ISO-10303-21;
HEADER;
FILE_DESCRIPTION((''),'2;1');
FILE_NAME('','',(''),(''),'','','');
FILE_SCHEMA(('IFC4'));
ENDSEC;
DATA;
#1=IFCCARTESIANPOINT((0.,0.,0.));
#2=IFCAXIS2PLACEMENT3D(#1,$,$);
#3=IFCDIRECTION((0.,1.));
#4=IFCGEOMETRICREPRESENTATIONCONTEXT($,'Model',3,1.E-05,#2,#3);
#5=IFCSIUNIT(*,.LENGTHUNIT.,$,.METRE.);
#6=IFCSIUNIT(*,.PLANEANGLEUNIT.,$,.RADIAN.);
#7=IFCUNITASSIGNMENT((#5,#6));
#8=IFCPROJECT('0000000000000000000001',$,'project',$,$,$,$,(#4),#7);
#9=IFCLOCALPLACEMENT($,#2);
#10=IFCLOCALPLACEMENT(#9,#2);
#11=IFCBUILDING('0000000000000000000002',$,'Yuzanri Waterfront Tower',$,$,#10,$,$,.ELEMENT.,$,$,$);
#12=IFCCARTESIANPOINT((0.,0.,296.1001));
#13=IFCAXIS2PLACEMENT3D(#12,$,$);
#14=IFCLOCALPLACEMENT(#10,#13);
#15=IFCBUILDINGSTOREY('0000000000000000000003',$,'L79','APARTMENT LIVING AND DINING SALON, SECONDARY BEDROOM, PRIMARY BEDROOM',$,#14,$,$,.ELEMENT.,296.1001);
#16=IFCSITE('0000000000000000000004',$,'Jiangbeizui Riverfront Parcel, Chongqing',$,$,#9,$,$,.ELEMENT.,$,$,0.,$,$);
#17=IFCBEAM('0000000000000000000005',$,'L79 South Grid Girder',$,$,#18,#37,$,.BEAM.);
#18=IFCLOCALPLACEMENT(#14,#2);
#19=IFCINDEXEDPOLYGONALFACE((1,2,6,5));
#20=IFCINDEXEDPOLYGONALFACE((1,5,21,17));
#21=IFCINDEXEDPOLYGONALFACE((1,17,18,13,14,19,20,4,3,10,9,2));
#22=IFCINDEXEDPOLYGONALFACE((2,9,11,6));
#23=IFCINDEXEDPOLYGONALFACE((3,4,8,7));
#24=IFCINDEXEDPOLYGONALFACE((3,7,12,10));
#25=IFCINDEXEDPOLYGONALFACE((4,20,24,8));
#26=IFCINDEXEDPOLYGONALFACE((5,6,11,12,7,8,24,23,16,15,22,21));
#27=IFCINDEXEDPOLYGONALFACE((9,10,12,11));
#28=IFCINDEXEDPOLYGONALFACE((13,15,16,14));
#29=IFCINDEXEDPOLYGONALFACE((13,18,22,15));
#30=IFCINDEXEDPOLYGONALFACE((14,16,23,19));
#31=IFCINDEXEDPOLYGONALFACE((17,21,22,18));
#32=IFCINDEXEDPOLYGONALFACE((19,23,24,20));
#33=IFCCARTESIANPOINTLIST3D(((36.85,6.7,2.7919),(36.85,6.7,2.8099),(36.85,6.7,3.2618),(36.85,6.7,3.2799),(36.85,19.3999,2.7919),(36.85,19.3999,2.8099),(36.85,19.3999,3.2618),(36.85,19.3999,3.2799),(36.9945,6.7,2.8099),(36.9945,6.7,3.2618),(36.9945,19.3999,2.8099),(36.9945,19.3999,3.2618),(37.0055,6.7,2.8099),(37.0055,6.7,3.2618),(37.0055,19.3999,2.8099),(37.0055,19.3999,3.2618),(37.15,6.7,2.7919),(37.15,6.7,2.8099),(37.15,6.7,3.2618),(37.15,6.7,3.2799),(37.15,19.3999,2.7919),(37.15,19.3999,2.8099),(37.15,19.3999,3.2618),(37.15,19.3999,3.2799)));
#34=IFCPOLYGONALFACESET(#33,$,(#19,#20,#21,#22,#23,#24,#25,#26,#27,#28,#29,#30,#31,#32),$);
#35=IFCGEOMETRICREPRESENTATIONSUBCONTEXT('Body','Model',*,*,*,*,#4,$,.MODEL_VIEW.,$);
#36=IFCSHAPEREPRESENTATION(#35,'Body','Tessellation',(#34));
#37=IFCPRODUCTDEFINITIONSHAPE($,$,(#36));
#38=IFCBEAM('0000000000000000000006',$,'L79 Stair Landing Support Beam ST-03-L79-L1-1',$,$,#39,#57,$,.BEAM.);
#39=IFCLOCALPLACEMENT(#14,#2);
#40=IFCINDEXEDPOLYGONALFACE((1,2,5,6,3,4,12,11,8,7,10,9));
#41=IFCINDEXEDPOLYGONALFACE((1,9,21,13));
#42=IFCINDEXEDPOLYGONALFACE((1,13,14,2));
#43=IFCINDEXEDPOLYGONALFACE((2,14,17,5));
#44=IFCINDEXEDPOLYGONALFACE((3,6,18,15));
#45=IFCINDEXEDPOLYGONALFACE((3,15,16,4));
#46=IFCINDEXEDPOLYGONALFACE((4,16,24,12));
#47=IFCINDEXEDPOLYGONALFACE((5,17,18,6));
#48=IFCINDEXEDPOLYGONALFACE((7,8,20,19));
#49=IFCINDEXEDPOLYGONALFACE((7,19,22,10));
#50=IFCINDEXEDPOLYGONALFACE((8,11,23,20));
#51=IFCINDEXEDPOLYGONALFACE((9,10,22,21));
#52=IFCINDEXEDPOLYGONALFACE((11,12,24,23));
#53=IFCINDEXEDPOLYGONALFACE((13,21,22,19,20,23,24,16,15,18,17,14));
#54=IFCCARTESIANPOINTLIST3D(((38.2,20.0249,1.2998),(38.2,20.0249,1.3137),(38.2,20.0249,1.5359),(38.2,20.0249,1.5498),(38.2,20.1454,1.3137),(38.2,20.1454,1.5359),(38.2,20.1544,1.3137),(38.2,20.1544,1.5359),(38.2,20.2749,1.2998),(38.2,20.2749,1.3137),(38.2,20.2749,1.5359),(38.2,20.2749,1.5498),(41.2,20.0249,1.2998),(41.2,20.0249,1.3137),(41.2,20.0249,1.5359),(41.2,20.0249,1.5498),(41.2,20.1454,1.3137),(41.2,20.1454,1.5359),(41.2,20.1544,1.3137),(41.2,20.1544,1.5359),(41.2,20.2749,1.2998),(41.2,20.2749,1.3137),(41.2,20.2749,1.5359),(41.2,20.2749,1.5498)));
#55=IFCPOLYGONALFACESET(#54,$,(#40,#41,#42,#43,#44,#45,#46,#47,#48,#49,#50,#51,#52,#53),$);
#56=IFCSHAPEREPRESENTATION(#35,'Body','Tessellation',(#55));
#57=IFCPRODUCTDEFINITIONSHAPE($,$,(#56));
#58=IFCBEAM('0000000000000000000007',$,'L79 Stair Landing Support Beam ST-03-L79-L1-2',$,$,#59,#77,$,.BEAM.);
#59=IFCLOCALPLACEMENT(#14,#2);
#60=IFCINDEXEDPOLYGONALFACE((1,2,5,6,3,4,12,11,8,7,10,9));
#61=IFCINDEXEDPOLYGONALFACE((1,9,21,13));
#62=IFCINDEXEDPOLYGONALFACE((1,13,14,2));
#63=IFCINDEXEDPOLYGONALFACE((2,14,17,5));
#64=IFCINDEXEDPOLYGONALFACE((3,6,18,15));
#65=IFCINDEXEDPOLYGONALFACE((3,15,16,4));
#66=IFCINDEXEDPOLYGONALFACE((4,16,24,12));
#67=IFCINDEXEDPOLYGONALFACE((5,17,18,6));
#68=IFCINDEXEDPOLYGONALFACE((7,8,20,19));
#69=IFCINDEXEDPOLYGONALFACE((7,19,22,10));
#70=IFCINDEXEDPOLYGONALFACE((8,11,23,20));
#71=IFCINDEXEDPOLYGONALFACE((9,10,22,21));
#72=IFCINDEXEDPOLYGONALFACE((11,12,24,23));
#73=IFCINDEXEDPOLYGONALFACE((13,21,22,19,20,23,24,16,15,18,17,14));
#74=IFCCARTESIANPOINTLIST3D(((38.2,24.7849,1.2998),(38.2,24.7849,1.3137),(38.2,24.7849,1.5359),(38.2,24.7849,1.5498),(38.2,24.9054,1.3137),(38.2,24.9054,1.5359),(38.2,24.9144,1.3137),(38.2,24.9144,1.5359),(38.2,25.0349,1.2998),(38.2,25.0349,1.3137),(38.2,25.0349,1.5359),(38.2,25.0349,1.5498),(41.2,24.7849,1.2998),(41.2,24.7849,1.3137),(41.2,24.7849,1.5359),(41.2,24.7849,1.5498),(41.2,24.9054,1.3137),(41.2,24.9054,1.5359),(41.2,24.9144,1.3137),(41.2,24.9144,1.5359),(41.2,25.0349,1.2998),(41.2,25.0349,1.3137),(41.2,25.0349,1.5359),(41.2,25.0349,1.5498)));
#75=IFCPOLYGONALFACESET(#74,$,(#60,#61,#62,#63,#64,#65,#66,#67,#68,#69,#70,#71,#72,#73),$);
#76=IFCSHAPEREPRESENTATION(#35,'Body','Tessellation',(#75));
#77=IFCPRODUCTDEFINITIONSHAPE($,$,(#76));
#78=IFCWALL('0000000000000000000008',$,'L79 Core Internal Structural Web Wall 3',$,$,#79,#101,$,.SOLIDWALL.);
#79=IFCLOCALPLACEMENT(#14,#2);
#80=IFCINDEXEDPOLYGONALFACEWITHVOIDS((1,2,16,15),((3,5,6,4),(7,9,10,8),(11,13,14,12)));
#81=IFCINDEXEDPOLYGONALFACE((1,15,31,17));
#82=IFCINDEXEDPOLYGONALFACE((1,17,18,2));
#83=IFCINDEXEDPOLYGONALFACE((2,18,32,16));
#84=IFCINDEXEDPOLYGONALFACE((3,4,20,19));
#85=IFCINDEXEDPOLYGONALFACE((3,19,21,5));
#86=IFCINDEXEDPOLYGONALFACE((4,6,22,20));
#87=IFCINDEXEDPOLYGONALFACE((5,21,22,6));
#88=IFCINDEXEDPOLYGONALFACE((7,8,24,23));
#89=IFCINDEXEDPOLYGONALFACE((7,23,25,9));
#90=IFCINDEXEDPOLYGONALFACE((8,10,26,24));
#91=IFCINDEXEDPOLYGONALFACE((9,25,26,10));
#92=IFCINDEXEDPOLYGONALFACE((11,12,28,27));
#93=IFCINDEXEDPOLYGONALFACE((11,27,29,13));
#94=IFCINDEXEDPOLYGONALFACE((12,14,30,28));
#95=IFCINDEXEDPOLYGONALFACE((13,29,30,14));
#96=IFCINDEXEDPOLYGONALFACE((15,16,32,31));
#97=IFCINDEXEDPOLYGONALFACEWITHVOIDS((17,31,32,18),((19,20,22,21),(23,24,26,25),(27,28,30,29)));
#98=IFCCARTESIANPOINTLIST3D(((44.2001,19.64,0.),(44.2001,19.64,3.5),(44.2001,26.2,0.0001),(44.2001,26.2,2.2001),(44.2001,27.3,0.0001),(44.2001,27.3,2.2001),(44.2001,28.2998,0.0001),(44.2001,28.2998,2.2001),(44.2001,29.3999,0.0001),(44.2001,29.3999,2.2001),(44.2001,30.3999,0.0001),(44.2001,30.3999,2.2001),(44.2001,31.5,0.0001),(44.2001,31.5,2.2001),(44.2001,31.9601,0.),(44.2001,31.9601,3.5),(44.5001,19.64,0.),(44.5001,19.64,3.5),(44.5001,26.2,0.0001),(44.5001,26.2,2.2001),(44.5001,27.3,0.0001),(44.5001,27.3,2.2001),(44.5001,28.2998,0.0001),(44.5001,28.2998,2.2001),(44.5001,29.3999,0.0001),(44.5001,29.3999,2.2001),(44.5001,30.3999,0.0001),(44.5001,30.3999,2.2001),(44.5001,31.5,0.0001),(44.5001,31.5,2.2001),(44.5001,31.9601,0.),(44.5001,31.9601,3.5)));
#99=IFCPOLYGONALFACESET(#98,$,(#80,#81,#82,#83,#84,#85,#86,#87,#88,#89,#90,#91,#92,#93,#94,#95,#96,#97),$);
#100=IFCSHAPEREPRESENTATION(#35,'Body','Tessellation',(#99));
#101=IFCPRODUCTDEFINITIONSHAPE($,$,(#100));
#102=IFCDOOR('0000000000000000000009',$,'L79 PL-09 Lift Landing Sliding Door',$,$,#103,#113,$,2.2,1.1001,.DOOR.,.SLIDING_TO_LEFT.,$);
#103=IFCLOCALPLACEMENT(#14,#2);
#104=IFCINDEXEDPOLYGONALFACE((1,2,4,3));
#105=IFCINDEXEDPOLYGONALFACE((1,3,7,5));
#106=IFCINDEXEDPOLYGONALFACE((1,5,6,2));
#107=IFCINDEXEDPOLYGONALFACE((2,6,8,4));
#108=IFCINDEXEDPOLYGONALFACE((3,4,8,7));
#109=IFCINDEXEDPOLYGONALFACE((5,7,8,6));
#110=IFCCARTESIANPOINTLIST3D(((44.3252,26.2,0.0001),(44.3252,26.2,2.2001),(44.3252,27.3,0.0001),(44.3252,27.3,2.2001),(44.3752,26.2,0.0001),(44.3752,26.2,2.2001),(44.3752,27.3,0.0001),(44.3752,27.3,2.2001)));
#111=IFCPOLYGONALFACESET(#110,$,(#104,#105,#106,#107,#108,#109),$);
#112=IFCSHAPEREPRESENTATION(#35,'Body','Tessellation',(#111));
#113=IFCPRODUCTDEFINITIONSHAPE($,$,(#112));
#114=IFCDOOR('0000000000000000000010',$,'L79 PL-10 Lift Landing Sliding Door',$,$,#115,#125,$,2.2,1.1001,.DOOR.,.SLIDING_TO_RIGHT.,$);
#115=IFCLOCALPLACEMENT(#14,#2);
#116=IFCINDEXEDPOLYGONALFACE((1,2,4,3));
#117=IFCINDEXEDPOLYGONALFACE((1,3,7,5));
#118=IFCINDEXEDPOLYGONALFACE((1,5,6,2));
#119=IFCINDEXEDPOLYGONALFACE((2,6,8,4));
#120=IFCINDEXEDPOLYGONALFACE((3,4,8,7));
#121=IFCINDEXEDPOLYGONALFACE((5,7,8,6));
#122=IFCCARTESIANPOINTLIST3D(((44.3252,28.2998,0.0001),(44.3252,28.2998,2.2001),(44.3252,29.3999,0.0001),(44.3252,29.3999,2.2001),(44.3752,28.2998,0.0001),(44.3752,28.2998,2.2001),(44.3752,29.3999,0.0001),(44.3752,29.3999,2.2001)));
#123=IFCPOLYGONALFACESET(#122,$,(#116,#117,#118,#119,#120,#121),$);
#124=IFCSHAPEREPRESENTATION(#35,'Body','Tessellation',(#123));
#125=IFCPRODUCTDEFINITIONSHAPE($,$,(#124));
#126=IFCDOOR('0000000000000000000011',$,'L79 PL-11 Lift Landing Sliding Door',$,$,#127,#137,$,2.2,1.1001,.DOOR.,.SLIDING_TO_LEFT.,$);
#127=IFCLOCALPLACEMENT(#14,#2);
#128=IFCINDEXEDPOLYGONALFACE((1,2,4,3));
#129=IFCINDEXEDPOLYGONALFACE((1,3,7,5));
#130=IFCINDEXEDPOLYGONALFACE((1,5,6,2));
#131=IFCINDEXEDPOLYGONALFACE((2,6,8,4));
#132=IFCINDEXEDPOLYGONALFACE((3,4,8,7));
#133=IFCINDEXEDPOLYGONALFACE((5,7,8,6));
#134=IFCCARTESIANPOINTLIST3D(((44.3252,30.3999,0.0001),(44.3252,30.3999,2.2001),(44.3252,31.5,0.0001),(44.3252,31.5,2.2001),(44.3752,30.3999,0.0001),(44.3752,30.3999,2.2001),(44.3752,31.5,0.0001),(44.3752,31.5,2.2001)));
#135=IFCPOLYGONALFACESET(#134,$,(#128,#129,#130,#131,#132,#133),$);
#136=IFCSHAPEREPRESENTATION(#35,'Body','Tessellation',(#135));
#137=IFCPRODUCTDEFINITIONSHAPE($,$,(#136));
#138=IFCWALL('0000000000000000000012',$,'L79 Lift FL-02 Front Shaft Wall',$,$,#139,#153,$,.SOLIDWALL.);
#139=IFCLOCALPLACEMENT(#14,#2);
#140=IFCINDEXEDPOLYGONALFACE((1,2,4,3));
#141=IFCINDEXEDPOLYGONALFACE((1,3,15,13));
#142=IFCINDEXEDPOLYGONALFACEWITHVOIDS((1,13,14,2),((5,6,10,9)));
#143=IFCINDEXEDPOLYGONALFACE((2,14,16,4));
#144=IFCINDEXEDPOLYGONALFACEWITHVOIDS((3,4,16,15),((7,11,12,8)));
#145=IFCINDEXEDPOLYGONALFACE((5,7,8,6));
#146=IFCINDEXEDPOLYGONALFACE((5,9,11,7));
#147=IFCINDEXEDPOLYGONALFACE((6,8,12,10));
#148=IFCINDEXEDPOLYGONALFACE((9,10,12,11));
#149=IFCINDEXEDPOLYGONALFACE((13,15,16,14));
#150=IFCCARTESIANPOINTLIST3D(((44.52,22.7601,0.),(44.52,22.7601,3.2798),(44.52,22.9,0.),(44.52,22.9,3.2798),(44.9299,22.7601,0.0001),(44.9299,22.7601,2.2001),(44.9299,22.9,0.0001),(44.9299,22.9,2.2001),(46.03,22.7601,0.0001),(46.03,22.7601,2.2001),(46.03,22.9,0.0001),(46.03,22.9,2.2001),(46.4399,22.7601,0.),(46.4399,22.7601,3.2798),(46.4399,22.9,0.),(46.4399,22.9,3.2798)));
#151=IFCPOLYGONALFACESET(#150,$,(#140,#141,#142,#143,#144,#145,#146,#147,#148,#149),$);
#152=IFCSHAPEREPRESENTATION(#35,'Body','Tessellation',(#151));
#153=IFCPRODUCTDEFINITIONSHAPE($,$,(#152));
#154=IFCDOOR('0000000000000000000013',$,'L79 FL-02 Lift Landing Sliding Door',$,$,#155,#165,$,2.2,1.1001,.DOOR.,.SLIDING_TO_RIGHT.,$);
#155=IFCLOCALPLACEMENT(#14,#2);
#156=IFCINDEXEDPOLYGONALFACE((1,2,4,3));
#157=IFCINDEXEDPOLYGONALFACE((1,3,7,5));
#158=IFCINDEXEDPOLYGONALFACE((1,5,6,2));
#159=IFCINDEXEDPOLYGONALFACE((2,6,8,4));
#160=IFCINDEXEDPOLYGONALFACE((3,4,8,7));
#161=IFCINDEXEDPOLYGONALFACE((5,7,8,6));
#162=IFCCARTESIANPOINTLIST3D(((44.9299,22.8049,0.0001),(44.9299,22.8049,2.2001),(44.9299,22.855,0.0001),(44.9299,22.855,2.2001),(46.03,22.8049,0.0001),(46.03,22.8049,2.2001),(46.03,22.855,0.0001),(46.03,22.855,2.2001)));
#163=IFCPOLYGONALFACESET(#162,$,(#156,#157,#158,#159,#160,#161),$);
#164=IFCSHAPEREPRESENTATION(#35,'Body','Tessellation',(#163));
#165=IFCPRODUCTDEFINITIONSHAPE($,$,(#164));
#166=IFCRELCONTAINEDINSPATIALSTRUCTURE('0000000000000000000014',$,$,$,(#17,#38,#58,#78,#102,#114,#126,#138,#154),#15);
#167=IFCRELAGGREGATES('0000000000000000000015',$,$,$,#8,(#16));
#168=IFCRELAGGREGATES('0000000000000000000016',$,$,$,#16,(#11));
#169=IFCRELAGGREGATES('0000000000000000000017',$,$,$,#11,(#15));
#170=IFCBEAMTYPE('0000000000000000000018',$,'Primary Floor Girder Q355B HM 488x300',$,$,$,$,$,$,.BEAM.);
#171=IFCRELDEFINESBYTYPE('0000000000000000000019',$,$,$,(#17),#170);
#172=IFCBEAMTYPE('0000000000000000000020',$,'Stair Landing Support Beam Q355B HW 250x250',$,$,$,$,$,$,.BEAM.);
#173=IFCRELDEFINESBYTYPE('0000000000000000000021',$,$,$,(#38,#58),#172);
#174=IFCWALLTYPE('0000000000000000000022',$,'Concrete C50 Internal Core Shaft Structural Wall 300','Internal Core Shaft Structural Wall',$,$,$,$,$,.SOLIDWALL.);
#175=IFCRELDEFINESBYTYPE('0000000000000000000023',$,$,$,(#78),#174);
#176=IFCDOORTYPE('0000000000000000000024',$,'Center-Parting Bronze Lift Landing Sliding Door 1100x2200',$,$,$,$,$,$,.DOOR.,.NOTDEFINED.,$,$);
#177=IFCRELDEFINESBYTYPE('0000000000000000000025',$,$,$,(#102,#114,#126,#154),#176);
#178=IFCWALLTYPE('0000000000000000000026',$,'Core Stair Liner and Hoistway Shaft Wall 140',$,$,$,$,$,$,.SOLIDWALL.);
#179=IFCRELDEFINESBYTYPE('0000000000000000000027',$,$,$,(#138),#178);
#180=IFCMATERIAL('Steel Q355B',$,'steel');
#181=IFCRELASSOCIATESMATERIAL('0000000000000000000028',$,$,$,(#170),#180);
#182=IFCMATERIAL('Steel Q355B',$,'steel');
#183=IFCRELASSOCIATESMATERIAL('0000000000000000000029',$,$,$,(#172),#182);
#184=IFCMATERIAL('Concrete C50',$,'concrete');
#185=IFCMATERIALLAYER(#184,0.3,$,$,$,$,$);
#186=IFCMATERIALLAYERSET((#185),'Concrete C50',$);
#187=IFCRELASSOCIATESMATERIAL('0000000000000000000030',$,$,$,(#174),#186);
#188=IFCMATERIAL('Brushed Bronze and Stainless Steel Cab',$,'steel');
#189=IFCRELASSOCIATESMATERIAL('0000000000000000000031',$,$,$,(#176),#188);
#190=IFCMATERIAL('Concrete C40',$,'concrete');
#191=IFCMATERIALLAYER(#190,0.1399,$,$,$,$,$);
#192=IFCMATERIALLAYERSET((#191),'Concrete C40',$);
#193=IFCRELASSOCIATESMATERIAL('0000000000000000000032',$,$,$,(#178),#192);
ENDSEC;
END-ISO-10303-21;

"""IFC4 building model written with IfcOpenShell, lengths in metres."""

from ifc_helpers import new_model, si_unit, direction, frame, frame_2d, origin, origin_2d, place, context, subcontext, project, spatial, rectangle, i_section, extrude, source, transform, mapped, material, layer, layer_set, material_profile, profile_set, type_object, element, fill, save


model = new_model("IFC4")

# Units and contexts
model_context = context("Model", 3, precision=1e-05, world=origin(), true_north=direction((0.0, 1.0)))
body_context = subcontext(model_context, "Body", "Model", "MODEL_VIEW")
ifc_project = project(units=[si_unit("LENGTHUNIT", "METRE"), si_unit("PLANEANGLEUNIT", "RADIAN")], contexts=[model_context])

# Site, building, storey
site_placement = place(None, origin())
site = spatial("IfcSite", under=ifc_project, at=site_placement, Name="Jiangbeizui Riverfront Parcel, Chongqing", CompositionType="ELEMENT", RefElevation=0.0)
building_placement = place(site_placement, origin())
building = spatial("IfcBuilding", under=site, at=building_placement, Name="Yuzanri Waterfront Tower", CompositionType="ELEMENT")
storey_placement = place(building_placement, frame((0.0, 0.0, 296.1001)))
storey = spatial("IfcBuildingStorey", under=building, at=storey_placement, Name="L79", Description="APARTMENT LIVING AND DINING SALON, SECONDARY BEDROOM, PRIMARY BEDROOM", CompositionType="ELEMENT", Elevation=296.1001)

# Beams
ifc_material_1 = material(Name="Steel Q355B", Category="steel")
ifc_material_profile_1 = material_profile(ifc_material_1, i_section(OverallWidth=0.3, OverallDepth=0.488, WebThickness=0.011, FlangeThickness=0.0181, at=origin_2d()), Name="HM 488x300x11x18")
ifc_profile_set_1 = profile_set([ifc_material_profile_1], Name="Steel Q355B")
beam_type_1 = type_object("IfcBeamType", Name="Primary Floor Girder Q355B HM 488x300", PredefinedType="BEAM", material=ifc_profile_set_1)
shared_shape_1 = source(origin(), body_context, "Body", "SweptSolid", [
    extrude(i_section(OverallWidth=0.3, OverallDepth=0.488, WebThickness=0.011, FlangeThickness=0.0181, at=origin_2d()), origin(), (0.0, 0.0, 1.0), 12.7),
])
beam_placement = place(storey_placement, frame((37.0, 19.3999, 3.0359), z_axis=(0.0, -1.0, 0.0), x_axis=(1.0, 0.0, 0.0)))
element("IfcBeam", 1, at=beam_placement, inside=storey, type_object=beam_type_1, Name="L79 South Grid Girder", PredefinedType="BEAM", context=body_context, shape_type="MappedRepresentation", body=[
    mapped(shared_shape_1, transform((0.0, 0.0, 0.0), scale=1.0)),
])
ifc_material_2 = material(Name="Steel Q355B", Category="steel")
ifc_material_profile_2 = material_profile(ifc_material_2, i_section(OverallWidth=0.25, OverallDepth=0.25, WebThickness=0.009, FlangeThickness=0.0139, at=origin_2d()), Name="HW 250x250x9x14")
ifc_profile_set_2 = profile_set([ifc_material_profile_2], Name="Steel Q355B")
beam_type_2 = type_object("IfcBeamType", Name="Stair Landing Support Beam Q355B HW 250x250", PredefinedType="BEAM", material=ifc_profile_set_2)
shared_shape_2 = source(origin(), body_context, "Body", "SweptSolid", [
    extrude(i_section(OverallWidth=0.25, OverallDepth=0.25, WebThickness=0.009, FlangeThickness=0.0139, at=origin_2d()), origin(), (0.0, 0.0, 1.0), 3.0),
])
for number, where, z_axis, x_axis, name in (
    (2, (38.2, 20.1499, 1.4248), (1.0, 0.0, 0.0), (0.0, 1.0, 0.0), "L79 Stair Landing Support Beam ST-03-L79-L1-1"),
    (3, (38.2, 24.9099, 1.4248), (1.0, 0.0, 0.0), (0.0, 1.0, 0.0), "L79 Stair Landing Support Beam ST-03-L79-L1-2"),
):
    element("IfcBeam", number, at=place(storey_placement, frame(where, z_axis=z_axis, x_axis=x_axis)), inside=storey, type_object=beam_type_2, Name=name, PredefinedType="BEAM", context=body_context, shape_type="MappedRepresentation", body=[
        mapped(shared_shape_2, transform((0.0, 0.0, 0.0), scale=1.0)),
    ])

# Wall, openings, doors
ifc_material_3 = material(Name="Concrete C50", Category="concrete")
ifc_layer_1 = layer(ifc_material_3, 0.3)
ifc_layer_set_1 = layer_set([ifc_layer_1], Name="Concrete C50")
wall_type_1 = type_object("IfcWallType", Name="Concrete C50 Internal Core Shaft Structural Wall 300", Description="Internal Core Shaft Structural Wall", PredefinedType="SOLIDWALL", material=ifc_layer_set_1)
wall_1_placement = place(storey_placement, frame((44.3501, 19.6399, 0.0), z_axis=(0.0, 0.0, 1.0), x_axis=(0.0, 1.0, 0.0)))
wall_1 = element("IfcWall", 4, at=wall_1_placement, inside=storey, type_object=wall_type_1, Name="L79 Core Internal Structural Web Wall 3", PredefinedType="SOLIDWALL", context=body_context, shape_type="SweptSolid", body=[
    extrude(rectangle(XDim=12.3201, YDim=0.3, at=frame_2d((6.1602, 0.0))), origin(), (0.0, 0.0, 1.0), 3.5),
])
opening_1_placement = place(wall_1_placement, frame((6.5601, 0.0, 0.0)))
opening_1 = element("IfcOpeningElement", 5, at=opening_1_placement, cuts=wall_1, PredefinedType="OPENING", context=body_context, shape_type="SweptSolid", body=[
    extrude(rectangle(XDim=1.1001, YDim=2.2, at=frame_2d((0.55, 1.1001))), frame((0.0, 0.165, 0.0), z_axis=(0.0, -1.0, 0.0), x_axis=(1.0, 0.0, 0.0)), (0.0, 0.0, 1.0), 0.3298),
])
opening_2_placement = place(wall_1_placement, frame((8.6599, 0.0, 0.0)))
opening_2 = element("IfcOpeningElement", 6, at=opening_2_placement, cuts=wall_1, PredefinedType="OPENING", context=body_context, shape_type="SweptSolid", body=[
    extrude(rectangle(XDim=1.1001, YDim=2.2, at=frame_2d((0.55, 1.1001))), frame((0.0, 0.165, 0.0), z_axis=(0.0, -1.0, 0.0), x_axis=(1.0, 0.0, 0.0)), (0.0, 0.0, 1.0), 0.3298),
])
opening_3_placement = place(wall_1_placement, frame((10.76, 0.0, 0.0)))
opening_3 = element("IfcOpeningElement", 7, at=opening_3_placement, cuts=wall_1, PredefinedType="OPENING", context=body_context, shape_type="SweptSolid", body=[
    extrude(rectangle(XDim=1.1001, YDim=2.2, at=frame_2d((0.55, 1.1001))), frame((0.0, 0.165, 0.0), z_axis=(0.0, -1.0, 0.0), x_axis=(1.0, 0.0, 0.0)), (0.0, 0.0, 1.0), 0.3298),
])
ifc_material_4 = material(Name="Brushed Bronze and Stainless Steel Cab", Category="steel")
door_type_1 = type_object("IfcDoorType", Name="Center-Parting Bronze Lift Landing Sliding Door 1100x2200", OperationType="NOTDEFINED", PredefinedType="DOOR", material=ifc_material_4)
shared_shape_3 = source(origin(), body_context, "Body", "SweptSolid", [
    extrude(rectangle(XDim=1.1001, YDim=2.2, at=frame_2d((0.55, 1.1001))), frame((0.0, 0.0249, 0.0), z_axis=(0.0, -1.0, 0.0), x_axis=(1.0, 0.0, 0.0)), (0.0, 0.0, 1.0), 0.05),
])
door_1_placement = place(opening_1_placement, origin())
door_1 = element("IfcDoor", 8, at=door_1_placement, inside=storey, type_object=door_type_1, Name="L79 PL-09 Lift Landing Sliding Door", OperationType="SLIDING_TO_LEFT", OverallHeight=2.2, OverallWidth=1.1001, PredefinedType="DOOR", context=body_context, shape_type="MappedRepresentation", body=[
    mapped(shared_shape_3, transform((0.0, 0.0, 0.0), scale=1.0)),
])
fill(opening_1, door_1)
door_2_placement = place(opening_2_placement, origin())
door_2 = element("IfcDoor", 9, at=door_2_placement, inside=storey, type_object=door_type_1, Name="L79 PL-10 Lift Landing Sliding Door", OperationType="SLIDING_TO_RIGHT", OverallHeight=2.2, OverallWidth=1.1001, PredefinedType="DOOR", context=body_context, shape_type="MappedRepresentation", body=[
    mapped(shared_shape_3, transform((0.0, 0.0, 0.0), scale=1.0)),
])
fill(opening_2, door_2)
door_3_placement = place(opening_3_placement, origin())
door_3 = element("IfcDoor", 10, at=door_3_placement, inside=storey, type_object=door_type_1, Name="L79 PL-11 Lift Landing Sliding Door", OperationType="SLIDING_TO_LEFT", OverallHeight=2.2, OverallWidth=1.1001, PredefinedType="DOOR", context=body_context, shape_type="MappedRepresentation", body=[
    mapped(shared_shape_3, transform((0.0, 0.0, 0.0), scale=1.0)),
])
fill(opening_3, door_3)

# Wall, opening, door
ifc_material_5 = material(Name="Concrete C40", Category="concrete")
ifc_layer_2 = layer(ifc_material_5, 0.1399)
ifc_layer_set_2 = layer_set([ifc_layer_2], Name="Concrete C40")
wall_type_2 = type_object("IfcWallType", Name="Core Stair Liner and Hoistway Shaft Wall 140", PredefinedType="SOLIDWALL", material=ifc_layer_set_2)
wall_2_placement = place(storey_placement, frame((44.52, 22.8301, 0.0), z_axis=(0.0, 0.0, 1.0), x_axis=(1.0, 0.0, 0.0)))
wall_2 = element("IfcWall", 11, at=wall_2_placement, inside=storey, type_object=wall_type_2, Name="L79 Lift FL-02 Front Shaft Wall", PredefinedType="SOLIDWALL", context=body_context, shape_type="SweptSolid", body=[
    extrude(rectangle(XDim=1.9199, YDim=0.1399, at=frame_2d((0.96, 0.0))), origin(), (0.0, 0.0, 1.0), 3.2798),
])
opening_4_placement = place(wall_2_placement, frame((0.4099, 0.0, 0.0)))
opening_4 = element("IfcOpeningElement", 12, at=opening_4_placement, cuts=wall_2, PredefinedType="OPENING", context=body_context, shape_type="SweptSolid", body=[
    extrude(rectangle(XDim=1.1001, YDim=2.2, at=frame_2d((0.55, 1.1001))), frame((0.0, 0.085, 0.0), z_axis=(0.0, -1.0, 0.0), x_axis=(1.0, 0.0, 0.0)), (0.0, 0.0, 1.0), 0.1697),
])
door_4_placement = place(opening_4_placement, origin())
door_4 = element("IfcDoor", 13, at=door_4_placement, inside=storey, type_object=door_type_1, Name="L79 FL-02 Lift Landing Sliding Door", OperationType="SLIDING_TO_RIGHT", OverallHeight=2.2, OverallWidth=1.1001, PredefinedType="DOOR", context=body_context, shape_type="MappedRepresentation", body=[
    mapped(shared_shape_3, transform((0.0, 0.0, 0.0), scale=1.0)),
])
fill(opening_4, door_4)

save(model, "model.ifc")
